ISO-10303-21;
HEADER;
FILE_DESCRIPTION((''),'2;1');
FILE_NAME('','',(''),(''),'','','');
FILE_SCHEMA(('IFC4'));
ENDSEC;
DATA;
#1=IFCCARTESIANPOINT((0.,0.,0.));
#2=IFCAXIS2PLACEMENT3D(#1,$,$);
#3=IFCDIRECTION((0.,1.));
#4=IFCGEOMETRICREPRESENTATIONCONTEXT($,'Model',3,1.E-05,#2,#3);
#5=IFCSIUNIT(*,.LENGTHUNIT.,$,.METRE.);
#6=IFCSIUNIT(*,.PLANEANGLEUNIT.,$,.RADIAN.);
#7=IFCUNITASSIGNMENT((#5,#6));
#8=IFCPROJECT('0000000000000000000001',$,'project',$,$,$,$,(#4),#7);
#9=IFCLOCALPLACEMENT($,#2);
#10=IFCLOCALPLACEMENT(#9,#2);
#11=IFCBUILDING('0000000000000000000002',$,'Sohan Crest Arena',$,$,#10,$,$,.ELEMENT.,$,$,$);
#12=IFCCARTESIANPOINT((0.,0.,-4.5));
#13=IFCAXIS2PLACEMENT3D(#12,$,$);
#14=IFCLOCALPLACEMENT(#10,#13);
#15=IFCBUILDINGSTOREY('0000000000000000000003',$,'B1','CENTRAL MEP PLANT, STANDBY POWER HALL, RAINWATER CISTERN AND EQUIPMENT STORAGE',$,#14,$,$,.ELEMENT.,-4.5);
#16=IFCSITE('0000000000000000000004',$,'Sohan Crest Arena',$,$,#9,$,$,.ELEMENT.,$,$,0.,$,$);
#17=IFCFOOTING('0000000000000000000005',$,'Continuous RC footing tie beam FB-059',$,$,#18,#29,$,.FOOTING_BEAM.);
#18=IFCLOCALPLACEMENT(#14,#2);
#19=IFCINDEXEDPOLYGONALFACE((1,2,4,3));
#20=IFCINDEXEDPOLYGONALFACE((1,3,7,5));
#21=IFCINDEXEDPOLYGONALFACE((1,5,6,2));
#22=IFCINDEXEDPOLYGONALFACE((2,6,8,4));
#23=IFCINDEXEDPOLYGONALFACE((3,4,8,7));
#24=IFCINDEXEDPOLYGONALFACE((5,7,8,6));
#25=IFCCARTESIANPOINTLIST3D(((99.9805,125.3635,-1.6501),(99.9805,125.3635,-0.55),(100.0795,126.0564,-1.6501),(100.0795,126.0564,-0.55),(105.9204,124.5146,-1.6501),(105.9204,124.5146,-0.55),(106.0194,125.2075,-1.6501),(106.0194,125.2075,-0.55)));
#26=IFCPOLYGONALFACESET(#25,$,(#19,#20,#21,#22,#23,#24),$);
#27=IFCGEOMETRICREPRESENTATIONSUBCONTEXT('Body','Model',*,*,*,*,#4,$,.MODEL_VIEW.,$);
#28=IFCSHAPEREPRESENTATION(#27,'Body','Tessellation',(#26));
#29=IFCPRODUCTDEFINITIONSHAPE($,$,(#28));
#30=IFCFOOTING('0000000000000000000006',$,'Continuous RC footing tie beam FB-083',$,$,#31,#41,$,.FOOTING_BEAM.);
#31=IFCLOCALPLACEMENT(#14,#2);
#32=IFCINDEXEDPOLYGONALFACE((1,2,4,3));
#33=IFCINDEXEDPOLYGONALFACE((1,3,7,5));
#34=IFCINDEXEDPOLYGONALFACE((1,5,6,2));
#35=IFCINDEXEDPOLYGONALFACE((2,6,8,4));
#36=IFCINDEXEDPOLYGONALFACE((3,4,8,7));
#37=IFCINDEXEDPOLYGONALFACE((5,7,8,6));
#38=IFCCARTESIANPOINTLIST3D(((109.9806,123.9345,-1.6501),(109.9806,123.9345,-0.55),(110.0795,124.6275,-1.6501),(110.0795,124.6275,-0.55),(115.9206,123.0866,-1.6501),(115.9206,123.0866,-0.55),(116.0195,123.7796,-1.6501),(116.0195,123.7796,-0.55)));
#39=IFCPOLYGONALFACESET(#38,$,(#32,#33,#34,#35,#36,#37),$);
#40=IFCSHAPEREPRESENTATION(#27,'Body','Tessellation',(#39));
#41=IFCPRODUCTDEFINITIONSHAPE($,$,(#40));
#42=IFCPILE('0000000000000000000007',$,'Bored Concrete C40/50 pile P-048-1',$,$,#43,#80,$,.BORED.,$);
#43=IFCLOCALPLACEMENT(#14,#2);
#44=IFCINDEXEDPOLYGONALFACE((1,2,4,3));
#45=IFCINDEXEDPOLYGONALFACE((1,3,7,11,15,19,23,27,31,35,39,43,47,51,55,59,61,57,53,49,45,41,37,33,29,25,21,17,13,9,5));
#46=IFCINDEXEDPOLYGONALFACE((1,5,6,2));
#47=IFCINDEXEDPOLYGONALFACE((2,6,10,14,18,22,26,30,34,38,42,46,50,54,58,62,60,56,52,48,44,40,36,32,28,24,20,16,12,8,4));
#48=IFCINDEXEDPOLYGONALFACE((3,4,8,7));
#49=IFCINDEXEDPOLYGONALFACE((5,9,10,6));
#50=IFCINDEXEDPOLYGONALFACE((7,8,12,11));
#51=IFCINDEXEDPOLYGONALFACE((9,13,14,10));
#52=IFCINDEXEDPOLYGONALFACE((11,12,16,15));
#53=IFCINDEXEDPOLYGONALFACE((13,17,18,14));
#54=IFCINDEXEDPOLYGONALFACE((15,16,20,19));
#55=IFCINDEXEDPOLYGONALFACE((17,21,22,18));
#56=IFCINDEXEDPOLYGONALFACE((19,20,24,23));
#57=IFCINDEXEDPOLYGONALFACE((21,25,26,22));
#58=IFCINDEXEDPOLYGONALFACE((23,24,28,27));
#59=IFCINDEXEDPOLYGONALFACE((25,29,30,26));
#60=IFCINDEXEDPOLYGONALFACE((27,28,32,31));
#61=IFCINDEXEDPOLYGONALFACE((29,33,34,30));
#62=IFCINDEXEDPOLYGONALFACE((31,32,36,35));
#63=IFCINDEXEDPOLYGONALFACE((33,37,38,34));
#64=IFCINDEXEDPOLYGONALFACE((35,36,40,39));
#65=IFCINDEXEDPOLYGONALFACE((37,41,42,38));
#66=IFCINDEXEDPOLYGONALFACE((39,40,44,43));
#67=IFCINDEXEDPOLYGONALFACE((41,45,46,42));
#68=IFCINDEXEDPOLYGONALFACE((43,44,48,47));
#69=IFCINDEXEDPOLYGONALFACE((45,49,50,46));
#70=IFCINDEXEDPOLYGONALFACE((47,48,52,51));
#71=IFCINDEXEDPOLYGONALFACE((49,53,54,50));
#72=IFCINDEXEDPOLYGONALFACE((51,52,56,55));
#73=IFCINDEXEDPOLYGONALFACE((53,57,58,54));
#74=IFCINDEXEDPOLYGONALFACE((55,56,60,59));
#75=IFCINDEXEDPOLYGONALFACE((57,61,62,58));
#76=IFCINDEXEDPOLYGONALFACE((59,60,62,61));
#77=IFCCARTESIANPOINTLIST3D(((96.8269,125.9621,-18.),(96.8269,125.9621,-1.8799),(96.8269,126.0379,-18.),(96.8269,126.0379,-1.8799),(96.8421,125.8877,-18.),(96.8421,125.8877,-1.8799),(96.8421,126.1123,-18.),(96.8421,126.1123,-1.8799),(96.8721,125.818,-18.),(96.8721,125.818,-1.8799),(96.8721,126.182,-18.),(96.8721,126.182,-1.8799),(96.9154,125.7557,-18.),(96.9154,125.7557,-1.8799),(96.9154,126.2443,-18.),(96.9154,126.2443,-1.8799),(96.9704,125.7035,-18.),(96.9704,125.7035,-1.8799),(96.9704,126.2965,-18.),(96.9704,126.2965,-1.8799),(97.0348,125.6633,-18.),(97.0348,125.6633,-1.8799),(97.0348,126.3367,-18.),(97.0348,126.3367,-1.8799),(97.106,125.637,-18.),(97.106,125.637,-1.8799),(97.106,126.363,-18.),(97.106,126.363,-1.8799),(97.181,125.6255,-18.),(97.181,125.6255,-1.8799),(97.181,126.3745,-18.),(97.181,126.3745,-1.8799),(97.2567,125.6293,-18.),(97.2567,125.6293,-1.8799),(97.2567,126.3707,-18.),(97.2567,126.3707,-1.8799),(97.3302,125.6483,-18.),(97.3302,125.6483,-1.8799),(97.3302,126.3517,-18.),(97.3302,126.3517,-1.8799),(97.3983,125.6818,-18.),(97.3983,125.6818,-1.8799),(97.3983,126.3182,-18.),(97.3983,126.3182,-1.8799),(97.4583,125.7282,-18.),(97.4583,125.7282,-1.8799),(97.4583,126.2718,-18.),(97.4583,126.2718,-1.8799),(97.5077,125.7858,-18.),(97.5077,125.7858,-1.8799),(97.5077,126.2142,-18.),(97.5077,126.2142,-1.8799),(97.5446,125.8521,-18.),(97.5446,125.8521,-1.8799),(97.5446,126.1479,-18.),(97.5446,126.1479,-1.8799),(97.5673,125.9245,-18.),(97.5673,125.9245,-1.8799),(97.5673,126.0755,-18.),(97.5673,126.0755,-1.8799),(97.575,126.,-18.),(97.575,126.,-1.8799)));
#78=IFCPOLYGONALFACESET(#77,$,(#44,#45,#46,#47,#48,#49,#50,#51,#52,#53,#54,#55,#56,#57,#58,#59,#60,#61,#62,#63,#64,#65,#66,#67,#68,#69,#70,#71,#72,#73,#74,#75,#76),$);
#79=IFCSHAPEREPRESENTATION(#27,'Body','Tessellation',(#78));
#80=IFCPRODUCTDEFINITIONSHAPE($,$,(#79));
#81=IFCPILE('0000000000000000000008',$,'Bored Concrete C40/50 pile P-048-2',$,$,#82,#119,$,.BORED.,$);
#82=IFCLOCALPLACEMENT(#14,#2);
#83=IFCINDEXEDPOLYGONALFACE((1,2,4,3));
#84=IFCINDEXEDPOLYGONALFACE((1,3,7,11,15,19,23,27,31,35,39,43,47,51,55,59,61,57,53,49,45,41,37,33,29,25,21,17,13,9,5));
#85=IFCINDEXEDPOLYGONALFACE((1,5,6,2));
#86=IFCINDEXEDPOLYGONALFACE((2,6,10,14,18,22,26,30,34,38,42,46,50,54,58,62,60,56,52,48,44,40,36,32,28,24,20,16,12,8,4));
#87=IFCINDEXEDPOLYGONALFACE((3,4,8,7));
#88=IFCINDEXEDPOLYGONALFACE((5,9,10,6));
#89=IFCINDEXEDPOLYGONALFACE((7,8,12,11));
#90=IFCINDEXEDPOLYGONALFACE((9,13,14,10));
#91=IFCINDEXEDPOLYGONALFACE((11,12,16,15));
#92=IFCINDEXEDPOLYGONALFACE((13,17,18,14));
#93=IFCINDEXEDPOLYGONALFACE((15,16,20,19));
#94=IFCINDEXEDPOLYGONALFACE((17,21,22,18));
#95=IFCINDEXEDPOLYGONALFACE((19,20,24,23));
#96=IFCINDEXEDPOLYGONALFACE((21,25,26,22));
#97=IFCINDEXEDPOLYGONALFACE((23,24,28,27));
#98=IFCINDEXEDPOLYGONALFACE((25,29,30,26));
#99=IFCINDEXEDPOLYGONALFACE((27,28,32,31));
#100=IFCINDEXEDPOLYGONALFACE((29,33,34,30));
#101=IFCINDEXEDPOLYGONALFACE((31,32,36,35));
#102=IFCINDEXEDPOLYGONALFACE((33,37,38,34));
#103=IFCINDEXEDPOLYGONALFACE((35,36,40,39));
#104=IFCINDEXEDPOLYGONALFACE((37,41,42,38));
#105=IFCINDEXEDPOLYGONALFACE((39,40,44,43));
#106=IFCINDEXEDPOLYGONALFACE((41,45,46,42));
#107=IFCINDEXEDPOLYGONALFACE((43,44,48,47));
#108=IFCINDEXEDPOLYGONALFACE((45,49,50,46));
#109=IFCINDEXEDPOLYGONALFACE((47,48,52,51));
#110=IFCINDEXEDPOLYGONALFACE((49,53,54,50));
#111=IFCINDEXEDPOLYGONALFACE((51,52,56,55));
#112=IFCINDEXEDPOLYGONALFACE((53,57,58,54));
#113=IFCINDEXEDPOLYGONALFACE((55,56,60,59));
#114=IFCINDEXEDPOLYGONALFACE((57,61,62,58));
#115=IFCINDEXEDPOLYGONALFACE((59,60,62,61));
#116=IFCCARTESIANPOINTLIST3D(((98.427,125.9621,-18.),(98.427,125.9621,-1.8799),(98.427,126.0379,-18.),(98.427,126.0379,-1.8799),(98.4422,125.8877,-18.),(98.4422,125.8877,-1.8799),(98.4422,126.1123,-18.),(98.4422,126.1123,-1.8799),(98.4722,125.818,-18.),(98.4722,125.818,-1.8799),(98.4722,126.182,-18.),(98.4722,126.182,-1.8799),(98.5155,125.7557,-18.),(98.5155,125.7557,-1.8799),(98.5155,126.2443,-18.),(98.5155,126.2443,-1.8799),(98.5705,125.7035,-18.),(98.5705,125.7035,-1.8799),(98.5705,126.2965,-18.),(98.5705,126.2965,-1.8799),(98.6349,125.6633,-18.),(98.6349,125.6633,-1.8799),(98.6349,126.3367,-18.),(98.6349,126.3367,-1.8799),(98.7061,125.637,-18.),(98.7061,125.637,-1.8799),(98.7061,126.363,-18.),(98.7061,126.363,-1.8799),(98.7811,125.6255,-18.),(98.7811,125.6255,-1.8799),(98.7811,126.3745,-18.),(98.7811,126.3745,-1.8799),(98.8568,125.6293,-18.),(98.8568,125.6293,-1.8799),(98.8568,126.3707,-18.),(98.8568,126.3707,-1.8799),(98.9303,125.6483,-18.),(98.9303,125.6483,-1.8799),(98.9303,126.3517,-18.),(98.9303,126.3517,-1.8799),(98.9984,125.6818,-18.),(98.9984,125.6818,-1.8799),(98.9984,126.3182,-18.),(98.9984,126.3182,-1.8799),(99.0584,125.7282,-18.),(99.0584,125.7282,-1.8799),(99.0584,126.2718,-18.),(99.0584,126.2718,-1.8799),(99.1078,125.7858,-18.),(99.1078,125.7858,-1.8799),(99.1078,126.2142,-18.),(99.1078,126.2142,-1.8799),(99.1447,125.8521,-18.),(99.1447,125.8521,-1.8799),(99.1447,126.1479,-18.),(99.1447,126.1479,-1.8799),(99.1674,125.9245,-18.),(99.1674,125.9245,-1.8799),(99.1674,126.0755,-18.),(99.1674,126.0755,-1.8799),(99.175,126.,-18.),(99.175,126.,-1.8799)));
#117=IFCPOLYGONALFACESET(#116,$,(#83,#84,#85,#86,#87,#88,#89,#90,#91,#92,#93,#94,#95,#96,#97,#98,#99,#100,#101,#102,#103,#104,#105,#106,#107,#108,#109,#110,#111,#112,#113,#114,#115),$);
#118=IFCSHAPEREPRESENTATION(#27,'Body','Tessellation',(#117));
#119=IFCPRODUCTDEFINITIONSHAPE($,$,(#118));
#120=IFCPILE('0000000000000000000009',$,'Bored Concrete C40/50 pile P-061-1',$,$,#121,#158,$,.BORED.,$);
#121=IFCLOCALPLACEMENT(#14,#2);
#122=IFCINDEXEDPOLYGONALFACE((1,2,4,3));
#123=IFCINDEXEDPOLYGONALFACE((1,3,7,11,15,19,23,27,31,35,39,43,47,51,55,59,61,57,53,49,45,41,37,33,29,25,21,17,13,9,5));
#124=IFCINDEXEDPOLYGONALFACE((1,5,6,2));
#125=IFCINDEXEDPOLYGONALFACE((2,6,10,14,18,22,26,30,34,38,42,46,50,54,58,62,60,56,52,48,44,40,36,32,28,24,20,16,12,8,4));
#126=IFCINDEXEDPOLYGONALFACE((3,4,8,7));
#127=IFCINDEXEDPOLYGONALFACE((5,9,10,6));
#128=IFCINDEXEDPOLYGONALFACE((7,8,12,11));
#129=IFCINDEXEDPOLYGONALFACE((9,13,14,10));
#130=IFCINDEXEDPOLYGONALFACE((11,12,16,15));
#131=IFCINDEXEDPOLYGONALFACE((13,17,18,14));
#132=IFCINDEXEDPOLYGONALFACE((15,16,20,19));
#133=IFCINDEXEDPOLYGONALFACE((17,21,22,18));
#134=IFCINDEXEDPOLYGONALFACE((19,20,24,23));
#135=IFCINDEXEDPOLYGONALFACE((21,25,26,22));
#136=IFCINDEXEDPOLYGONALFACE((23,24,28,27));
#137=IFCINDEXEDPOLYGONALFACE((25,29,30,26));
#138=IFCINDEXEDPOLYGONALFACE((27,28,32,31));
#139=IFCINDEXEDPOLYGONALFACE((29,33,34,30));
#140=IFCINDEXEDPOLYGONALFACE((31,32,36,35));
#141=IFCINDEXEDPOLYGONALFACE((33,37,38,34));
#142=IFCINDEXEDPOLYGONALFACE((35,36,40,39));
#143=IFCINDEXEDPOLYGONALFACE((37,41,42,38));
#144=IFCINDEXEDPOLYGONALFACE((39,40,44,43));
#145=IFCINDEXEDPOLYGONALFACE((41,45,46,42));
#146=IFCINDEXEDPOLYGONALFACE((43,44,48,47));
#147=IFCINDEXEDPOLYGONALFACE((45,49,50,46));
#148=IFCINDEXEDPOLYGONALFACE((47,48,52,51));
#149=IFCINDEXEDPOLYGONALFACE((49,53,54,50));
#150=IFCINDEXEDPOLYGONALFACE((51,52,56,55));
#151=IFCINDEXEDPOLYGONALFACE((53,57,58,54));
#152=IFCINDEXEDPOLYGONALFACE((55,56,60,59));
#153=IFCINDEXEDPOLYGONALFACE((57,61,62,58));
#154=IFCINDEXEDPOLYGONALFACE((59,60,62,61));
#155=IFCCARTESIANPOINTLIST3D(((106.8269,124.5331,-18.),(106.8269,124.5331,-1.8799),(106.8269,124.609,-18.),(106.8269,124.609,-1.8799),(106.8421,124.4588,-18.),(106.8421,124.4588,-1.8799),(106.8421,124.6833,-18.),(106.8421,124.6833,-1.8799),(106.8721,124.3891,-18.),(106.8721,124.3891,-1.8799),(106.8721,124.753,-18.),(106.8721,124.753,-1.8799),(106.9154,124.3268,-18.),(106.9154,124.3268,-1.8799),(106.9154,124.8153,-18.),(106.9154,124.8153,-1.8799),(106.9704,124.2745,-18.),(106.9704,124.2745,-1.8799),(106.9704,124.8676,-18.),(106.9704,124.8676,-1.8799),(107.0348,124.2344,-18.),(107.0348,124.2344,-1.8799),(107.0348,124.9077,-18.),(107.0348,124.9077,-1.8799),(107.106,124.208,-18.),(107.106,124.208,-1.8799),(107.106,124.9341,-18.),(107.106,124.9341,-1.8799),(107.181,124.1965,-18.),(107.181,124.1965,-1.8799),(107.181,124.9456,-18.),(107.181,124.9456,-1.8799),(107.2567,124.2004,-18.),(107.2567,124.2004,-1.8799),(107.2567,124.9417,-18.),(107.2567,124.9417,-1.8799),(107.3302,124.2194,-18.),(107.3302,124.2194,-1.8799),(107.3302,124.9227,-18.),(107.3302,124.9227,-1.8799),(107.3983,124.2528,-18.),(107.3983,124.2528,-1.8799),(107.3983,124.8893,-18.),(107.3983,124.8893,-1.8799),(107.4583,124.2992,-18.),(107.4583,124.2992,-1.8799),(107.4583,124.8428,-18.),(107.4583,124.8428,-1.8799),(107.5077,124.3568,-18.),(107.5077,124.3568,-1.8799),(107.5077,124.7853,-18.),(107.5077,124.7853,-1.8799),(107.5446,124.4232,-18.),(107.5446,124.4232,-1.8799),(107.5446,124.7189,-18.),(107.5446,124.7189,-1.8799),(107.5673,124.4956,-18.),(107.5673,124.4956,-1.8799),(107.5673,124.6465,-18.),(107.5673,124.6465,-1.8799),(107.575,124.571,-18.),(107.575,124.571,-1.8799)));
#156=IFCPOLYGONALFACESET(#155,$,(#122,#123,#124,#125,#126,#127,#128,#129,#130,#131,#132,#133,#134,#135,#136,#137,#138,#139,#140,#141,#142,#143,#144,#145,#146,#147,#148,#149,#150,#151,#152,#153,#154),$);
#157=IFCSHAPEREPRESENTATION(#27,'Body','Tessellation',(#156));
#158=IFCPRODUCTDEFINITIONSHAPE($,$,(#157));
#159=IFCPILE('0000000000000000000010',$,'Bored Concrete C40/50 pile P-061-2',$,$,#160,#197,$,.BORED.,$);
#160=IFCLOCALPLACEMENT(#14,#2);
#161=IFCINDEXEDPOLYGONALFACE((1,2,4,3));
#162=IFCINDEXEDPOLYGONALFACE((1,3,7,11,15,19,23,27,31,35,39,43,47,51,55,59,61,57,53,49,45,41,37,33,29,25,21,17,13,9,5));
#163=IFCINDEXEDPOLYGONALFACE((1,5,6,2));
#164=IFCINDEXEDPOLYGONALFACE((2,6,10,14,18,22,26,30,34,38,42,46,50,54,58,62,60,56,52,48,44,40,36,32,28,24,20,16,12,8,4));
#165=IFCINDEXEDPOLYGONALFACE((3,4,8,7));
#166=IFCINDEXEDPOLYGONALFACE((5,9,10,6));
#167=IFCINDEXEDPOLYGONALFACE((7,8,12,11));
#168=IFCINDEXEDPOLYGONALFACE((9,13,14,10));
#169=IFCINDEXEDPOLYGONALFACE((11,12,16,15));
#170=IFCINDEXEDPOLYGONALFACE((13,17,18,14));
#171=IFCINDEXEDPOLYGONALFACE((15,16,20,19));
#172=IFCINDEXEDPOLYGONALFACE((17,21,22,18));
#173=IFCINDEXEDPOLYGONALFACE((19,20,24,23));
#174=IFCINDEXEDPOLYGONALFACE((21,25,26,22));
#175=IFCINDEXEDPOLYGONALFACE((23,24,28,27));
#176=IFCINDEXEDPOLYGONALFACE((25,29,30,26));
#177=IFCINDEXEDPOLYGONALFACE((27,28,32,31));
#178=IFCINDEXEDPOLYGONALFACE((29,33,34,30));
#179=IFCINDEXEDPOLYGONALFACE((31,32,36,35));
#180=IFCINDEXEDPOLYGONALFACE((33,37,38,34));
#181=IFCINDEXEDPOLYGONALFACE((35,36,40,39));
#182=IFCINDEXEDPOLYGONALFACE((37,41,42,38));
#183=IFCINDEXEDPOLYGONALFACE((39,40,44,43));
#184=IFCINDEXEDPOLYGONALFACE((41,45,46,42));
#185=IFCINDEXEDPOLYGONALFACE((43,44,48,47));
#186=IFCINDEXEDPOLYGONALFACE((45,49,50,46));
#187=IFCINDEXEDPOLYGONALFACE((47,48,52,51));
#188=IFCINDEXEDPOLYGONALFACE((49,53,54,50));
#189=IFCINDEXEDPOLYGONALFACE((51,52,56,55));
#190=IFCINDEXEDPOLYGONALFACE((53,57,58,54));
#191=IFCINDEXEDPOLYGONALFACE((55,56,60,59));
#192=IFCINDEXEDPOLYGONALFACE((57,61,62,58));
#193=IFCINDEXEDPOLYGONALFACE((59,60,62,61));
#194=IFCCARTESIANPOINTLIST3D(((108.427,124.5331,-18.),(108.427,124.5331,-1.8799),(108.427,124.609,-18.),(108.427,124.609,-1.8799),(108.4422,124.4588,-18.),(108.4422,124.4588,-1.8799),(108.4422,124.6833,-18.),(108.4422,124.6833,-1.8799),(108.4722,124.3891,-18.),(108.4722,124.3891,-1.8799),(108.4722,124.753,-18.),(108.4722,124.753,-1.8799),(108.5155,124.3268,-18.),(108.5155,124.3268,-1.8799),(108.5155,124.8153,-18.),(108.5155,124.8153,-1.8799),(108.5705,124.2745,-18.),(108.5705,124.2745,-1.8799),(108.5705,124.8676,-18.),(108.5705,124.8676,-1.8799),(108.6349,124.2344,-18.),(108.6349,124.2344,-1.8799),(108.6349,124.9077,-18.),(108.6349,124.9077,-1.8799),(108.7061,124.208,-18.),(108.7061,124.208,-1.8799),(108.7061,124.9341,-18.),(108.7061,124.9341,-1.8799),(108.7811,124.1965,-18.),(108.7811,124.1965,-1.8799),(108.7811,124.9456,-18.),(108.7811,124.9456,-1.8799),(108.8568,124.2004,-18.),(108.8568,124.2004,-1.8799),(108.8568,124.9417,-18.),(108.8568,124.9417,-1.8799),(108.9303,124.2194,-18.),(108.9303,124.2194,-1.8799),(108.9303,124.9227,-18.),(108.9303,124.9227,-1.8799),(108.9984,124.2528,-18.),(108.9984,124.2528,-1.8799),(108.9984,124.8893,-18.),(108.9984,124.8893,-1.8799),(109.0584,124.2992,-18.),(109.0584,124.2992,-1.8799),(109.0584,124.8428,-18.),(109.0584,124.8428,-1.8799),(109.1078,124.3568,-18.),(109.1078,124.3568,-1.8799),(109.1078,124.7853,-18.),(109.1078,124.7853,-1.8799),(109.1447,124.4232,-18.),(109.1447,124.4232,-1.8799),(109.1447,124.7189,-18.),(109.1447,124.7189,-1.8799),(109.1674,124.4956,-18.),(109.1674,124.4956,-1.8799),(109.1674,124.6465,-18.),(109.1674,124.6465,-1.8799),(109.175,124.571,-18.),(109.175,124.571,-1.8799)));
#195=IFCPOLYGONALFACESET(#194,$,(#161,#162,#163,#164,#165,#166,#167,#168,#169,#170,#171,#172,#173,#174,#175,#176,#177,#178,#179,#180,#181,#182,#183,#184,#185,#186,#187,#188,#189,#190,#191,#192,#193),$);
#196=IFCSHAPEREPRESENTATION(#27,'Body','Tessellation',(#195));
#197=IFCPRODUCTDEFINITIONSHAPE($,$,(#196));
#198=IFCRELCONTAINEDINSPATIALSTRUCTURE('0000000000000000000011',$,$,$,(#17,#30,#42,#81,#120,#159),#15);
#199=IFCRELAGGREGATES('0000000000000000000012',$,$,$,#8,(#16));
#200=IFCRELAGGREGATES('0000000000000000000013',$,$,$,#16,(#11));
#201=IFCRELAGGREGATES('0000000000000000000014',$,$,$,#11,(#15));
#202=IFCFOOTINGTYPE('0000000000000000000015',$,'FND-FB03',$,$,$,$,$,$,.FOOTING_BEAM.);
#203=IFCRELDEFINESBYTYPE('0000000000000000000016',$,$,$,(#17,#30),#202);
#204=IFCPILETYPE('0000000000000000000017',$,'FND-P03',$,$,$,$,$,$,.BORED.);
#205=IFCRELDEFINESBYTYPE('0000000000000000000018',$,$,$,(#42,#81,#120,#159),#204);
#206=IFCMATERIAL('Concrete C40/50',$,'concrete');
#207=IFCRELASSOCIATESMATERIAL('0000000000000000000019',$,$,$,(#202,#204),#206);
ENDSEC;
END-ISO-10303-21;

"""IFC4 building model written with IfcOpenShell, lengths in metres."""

from ifc_helpers import new_model, si_unit, direction, frame, origin, origin_2d, place, context, subcontext, project, spatial, rectangle, circle, extrude, material, material_profile, profile_set, type_object, element, save


model = new_model("IFC4")

# Units and contexts
model_context = context("Model", 3, precision=1e-05, world=origin(), true_north=direction((0.0, 1.0)))
body_context = subcontext(model_context, "Body", "Model", "MODEL_VIEW")
ifc_project = project(units=[si_unit("LENGTHUNIT", "METRE"), si_unit("PLANEANGLEUNIT", "RADIAN")], contexts=[model_context])

# Site, building, storey
site_placement = place(None, origin())
site = spatial("IfcSite", under=ifc_project, at=site_placement, Name="Sohan Crest Arena", CompositionType="ELEMENT", RefElevation=0.0)
building_placement = place(site_placement, origin())
building = spatial("IfcBuilding", under=site, at=building_placement, Name="Sohan Crest Arena", CompositionType="ELEMENT")
storey_placement = place(building_placement, frame((0.0, 0.0, -4.5)))
storey = spatial("IfcBuildingStorey", under=building, at=storey_placement, Name="B1", Description="CENTRAL MEP PLANT, STANDBY POWER HALL, RAINWATER CISTERN AND EQUIPMENT STORAGE", CompositionType="ELEMENT", Elevation=-4.5)

# Footings
ifc_material_1 = material(Name="Concrete C40/50", Category="concrete")
ifc_material_profile_1 = material_profile(ifc_material_1, rectangle(XDim=0.7, YDim=1.1001, at=origin_2d()), Name="RC-FB 700x1100")
ifc_profile_set_1 = profile_set([ifc_material_profile_1], Name="Concrete C40/50")
footing_type_1 = type_object("IfcFootingType", Name="FND-FB03", PredefinedType="FOOTING_BEAM", material=ifc_profile_set_1)
for number, where, z_axis, x_axis, name in (
    (1, (100.03, 125.71, -1.1001), (0.989942, -0.141473, 0.0), (0.141473, 0.989942, 0.0), "Continuous RC footing tie beam FB-059"),
    (2, (110.03, 124.281, -1.1001), (0.989965, -0.141313, 0.0), (0.141313, 0.989965, 0.0), "Continuous RC footing tie beam FB-083"),
):
    element("IfcFooting", number, at=place(storey_placement, frame(where, z_axis=z_axis, x_axis=x_axis)), inside=storey, type_object=footing_type_1, Name=name, PredefinedType="FOOTING_BEAM", context=body_context, shape_type="SweptSolid", body=[
        extrude(rectangle(XDim=0.7, YDim=1.1001, at=origin_2d()), origin(), (0.0, 0.0, 1.0), 6.0002),
    ])

# Piles
ifc_material_profile_2 = material_profile(ifc_material_1, circle(Radius=0.375, at=origin_2d()), Name="PILE D750")
ifc_profile_set_2 = profile_set([ifc_material_profile_2], Name="Concrete C40/50")
pile_type = type_object("IfcPileType", Name="FND-P03", PredefinedType="BORED", material=ifc_profile_set_2)
for number, where, z_axis, x_axis, name in (
    (3, (97.2, 126.0, -18.0), (0.0, 0.0, 1.0), (1.0, 0.0, 0.0), "Bored Concrete C40/50 pile P-048-1"),
    (4, (98.8, 126.0, -18.0), (0.0, 0.0, 1.0), (1.0, 0.0, 0.0), "Bored Concrete C40/50 pile P-048-2"),
    (5, (107.2, 124.571, -18.0), (0.0, 0.0, 1.0), (1.0, 0.0, 0.0), "Bored Concrete C40/50 pile P-061-1"),
    (6, (108.8, 124.571, -18.0), (0.0, 0.0, 1.0), (1.0, 0.0, 0.0), "Bored Concrete C40/50 pile P-061-2"),
):
    element("IfcPile", number, at=place(storey_placement, frame(where, z_axis=z_axis, x_axis=x_axis)), inside=storey, type_object=pile_type, Name=name, PredefinedType="BORED", context=body_context, shape_type="SweptSolid", body=[
        extrude(circle(Radius=0.375, at=origin_2d()), origin(), (0.0, 0.0, 1.0), 16.1201),
    ])

save(model, "model.ifc")
